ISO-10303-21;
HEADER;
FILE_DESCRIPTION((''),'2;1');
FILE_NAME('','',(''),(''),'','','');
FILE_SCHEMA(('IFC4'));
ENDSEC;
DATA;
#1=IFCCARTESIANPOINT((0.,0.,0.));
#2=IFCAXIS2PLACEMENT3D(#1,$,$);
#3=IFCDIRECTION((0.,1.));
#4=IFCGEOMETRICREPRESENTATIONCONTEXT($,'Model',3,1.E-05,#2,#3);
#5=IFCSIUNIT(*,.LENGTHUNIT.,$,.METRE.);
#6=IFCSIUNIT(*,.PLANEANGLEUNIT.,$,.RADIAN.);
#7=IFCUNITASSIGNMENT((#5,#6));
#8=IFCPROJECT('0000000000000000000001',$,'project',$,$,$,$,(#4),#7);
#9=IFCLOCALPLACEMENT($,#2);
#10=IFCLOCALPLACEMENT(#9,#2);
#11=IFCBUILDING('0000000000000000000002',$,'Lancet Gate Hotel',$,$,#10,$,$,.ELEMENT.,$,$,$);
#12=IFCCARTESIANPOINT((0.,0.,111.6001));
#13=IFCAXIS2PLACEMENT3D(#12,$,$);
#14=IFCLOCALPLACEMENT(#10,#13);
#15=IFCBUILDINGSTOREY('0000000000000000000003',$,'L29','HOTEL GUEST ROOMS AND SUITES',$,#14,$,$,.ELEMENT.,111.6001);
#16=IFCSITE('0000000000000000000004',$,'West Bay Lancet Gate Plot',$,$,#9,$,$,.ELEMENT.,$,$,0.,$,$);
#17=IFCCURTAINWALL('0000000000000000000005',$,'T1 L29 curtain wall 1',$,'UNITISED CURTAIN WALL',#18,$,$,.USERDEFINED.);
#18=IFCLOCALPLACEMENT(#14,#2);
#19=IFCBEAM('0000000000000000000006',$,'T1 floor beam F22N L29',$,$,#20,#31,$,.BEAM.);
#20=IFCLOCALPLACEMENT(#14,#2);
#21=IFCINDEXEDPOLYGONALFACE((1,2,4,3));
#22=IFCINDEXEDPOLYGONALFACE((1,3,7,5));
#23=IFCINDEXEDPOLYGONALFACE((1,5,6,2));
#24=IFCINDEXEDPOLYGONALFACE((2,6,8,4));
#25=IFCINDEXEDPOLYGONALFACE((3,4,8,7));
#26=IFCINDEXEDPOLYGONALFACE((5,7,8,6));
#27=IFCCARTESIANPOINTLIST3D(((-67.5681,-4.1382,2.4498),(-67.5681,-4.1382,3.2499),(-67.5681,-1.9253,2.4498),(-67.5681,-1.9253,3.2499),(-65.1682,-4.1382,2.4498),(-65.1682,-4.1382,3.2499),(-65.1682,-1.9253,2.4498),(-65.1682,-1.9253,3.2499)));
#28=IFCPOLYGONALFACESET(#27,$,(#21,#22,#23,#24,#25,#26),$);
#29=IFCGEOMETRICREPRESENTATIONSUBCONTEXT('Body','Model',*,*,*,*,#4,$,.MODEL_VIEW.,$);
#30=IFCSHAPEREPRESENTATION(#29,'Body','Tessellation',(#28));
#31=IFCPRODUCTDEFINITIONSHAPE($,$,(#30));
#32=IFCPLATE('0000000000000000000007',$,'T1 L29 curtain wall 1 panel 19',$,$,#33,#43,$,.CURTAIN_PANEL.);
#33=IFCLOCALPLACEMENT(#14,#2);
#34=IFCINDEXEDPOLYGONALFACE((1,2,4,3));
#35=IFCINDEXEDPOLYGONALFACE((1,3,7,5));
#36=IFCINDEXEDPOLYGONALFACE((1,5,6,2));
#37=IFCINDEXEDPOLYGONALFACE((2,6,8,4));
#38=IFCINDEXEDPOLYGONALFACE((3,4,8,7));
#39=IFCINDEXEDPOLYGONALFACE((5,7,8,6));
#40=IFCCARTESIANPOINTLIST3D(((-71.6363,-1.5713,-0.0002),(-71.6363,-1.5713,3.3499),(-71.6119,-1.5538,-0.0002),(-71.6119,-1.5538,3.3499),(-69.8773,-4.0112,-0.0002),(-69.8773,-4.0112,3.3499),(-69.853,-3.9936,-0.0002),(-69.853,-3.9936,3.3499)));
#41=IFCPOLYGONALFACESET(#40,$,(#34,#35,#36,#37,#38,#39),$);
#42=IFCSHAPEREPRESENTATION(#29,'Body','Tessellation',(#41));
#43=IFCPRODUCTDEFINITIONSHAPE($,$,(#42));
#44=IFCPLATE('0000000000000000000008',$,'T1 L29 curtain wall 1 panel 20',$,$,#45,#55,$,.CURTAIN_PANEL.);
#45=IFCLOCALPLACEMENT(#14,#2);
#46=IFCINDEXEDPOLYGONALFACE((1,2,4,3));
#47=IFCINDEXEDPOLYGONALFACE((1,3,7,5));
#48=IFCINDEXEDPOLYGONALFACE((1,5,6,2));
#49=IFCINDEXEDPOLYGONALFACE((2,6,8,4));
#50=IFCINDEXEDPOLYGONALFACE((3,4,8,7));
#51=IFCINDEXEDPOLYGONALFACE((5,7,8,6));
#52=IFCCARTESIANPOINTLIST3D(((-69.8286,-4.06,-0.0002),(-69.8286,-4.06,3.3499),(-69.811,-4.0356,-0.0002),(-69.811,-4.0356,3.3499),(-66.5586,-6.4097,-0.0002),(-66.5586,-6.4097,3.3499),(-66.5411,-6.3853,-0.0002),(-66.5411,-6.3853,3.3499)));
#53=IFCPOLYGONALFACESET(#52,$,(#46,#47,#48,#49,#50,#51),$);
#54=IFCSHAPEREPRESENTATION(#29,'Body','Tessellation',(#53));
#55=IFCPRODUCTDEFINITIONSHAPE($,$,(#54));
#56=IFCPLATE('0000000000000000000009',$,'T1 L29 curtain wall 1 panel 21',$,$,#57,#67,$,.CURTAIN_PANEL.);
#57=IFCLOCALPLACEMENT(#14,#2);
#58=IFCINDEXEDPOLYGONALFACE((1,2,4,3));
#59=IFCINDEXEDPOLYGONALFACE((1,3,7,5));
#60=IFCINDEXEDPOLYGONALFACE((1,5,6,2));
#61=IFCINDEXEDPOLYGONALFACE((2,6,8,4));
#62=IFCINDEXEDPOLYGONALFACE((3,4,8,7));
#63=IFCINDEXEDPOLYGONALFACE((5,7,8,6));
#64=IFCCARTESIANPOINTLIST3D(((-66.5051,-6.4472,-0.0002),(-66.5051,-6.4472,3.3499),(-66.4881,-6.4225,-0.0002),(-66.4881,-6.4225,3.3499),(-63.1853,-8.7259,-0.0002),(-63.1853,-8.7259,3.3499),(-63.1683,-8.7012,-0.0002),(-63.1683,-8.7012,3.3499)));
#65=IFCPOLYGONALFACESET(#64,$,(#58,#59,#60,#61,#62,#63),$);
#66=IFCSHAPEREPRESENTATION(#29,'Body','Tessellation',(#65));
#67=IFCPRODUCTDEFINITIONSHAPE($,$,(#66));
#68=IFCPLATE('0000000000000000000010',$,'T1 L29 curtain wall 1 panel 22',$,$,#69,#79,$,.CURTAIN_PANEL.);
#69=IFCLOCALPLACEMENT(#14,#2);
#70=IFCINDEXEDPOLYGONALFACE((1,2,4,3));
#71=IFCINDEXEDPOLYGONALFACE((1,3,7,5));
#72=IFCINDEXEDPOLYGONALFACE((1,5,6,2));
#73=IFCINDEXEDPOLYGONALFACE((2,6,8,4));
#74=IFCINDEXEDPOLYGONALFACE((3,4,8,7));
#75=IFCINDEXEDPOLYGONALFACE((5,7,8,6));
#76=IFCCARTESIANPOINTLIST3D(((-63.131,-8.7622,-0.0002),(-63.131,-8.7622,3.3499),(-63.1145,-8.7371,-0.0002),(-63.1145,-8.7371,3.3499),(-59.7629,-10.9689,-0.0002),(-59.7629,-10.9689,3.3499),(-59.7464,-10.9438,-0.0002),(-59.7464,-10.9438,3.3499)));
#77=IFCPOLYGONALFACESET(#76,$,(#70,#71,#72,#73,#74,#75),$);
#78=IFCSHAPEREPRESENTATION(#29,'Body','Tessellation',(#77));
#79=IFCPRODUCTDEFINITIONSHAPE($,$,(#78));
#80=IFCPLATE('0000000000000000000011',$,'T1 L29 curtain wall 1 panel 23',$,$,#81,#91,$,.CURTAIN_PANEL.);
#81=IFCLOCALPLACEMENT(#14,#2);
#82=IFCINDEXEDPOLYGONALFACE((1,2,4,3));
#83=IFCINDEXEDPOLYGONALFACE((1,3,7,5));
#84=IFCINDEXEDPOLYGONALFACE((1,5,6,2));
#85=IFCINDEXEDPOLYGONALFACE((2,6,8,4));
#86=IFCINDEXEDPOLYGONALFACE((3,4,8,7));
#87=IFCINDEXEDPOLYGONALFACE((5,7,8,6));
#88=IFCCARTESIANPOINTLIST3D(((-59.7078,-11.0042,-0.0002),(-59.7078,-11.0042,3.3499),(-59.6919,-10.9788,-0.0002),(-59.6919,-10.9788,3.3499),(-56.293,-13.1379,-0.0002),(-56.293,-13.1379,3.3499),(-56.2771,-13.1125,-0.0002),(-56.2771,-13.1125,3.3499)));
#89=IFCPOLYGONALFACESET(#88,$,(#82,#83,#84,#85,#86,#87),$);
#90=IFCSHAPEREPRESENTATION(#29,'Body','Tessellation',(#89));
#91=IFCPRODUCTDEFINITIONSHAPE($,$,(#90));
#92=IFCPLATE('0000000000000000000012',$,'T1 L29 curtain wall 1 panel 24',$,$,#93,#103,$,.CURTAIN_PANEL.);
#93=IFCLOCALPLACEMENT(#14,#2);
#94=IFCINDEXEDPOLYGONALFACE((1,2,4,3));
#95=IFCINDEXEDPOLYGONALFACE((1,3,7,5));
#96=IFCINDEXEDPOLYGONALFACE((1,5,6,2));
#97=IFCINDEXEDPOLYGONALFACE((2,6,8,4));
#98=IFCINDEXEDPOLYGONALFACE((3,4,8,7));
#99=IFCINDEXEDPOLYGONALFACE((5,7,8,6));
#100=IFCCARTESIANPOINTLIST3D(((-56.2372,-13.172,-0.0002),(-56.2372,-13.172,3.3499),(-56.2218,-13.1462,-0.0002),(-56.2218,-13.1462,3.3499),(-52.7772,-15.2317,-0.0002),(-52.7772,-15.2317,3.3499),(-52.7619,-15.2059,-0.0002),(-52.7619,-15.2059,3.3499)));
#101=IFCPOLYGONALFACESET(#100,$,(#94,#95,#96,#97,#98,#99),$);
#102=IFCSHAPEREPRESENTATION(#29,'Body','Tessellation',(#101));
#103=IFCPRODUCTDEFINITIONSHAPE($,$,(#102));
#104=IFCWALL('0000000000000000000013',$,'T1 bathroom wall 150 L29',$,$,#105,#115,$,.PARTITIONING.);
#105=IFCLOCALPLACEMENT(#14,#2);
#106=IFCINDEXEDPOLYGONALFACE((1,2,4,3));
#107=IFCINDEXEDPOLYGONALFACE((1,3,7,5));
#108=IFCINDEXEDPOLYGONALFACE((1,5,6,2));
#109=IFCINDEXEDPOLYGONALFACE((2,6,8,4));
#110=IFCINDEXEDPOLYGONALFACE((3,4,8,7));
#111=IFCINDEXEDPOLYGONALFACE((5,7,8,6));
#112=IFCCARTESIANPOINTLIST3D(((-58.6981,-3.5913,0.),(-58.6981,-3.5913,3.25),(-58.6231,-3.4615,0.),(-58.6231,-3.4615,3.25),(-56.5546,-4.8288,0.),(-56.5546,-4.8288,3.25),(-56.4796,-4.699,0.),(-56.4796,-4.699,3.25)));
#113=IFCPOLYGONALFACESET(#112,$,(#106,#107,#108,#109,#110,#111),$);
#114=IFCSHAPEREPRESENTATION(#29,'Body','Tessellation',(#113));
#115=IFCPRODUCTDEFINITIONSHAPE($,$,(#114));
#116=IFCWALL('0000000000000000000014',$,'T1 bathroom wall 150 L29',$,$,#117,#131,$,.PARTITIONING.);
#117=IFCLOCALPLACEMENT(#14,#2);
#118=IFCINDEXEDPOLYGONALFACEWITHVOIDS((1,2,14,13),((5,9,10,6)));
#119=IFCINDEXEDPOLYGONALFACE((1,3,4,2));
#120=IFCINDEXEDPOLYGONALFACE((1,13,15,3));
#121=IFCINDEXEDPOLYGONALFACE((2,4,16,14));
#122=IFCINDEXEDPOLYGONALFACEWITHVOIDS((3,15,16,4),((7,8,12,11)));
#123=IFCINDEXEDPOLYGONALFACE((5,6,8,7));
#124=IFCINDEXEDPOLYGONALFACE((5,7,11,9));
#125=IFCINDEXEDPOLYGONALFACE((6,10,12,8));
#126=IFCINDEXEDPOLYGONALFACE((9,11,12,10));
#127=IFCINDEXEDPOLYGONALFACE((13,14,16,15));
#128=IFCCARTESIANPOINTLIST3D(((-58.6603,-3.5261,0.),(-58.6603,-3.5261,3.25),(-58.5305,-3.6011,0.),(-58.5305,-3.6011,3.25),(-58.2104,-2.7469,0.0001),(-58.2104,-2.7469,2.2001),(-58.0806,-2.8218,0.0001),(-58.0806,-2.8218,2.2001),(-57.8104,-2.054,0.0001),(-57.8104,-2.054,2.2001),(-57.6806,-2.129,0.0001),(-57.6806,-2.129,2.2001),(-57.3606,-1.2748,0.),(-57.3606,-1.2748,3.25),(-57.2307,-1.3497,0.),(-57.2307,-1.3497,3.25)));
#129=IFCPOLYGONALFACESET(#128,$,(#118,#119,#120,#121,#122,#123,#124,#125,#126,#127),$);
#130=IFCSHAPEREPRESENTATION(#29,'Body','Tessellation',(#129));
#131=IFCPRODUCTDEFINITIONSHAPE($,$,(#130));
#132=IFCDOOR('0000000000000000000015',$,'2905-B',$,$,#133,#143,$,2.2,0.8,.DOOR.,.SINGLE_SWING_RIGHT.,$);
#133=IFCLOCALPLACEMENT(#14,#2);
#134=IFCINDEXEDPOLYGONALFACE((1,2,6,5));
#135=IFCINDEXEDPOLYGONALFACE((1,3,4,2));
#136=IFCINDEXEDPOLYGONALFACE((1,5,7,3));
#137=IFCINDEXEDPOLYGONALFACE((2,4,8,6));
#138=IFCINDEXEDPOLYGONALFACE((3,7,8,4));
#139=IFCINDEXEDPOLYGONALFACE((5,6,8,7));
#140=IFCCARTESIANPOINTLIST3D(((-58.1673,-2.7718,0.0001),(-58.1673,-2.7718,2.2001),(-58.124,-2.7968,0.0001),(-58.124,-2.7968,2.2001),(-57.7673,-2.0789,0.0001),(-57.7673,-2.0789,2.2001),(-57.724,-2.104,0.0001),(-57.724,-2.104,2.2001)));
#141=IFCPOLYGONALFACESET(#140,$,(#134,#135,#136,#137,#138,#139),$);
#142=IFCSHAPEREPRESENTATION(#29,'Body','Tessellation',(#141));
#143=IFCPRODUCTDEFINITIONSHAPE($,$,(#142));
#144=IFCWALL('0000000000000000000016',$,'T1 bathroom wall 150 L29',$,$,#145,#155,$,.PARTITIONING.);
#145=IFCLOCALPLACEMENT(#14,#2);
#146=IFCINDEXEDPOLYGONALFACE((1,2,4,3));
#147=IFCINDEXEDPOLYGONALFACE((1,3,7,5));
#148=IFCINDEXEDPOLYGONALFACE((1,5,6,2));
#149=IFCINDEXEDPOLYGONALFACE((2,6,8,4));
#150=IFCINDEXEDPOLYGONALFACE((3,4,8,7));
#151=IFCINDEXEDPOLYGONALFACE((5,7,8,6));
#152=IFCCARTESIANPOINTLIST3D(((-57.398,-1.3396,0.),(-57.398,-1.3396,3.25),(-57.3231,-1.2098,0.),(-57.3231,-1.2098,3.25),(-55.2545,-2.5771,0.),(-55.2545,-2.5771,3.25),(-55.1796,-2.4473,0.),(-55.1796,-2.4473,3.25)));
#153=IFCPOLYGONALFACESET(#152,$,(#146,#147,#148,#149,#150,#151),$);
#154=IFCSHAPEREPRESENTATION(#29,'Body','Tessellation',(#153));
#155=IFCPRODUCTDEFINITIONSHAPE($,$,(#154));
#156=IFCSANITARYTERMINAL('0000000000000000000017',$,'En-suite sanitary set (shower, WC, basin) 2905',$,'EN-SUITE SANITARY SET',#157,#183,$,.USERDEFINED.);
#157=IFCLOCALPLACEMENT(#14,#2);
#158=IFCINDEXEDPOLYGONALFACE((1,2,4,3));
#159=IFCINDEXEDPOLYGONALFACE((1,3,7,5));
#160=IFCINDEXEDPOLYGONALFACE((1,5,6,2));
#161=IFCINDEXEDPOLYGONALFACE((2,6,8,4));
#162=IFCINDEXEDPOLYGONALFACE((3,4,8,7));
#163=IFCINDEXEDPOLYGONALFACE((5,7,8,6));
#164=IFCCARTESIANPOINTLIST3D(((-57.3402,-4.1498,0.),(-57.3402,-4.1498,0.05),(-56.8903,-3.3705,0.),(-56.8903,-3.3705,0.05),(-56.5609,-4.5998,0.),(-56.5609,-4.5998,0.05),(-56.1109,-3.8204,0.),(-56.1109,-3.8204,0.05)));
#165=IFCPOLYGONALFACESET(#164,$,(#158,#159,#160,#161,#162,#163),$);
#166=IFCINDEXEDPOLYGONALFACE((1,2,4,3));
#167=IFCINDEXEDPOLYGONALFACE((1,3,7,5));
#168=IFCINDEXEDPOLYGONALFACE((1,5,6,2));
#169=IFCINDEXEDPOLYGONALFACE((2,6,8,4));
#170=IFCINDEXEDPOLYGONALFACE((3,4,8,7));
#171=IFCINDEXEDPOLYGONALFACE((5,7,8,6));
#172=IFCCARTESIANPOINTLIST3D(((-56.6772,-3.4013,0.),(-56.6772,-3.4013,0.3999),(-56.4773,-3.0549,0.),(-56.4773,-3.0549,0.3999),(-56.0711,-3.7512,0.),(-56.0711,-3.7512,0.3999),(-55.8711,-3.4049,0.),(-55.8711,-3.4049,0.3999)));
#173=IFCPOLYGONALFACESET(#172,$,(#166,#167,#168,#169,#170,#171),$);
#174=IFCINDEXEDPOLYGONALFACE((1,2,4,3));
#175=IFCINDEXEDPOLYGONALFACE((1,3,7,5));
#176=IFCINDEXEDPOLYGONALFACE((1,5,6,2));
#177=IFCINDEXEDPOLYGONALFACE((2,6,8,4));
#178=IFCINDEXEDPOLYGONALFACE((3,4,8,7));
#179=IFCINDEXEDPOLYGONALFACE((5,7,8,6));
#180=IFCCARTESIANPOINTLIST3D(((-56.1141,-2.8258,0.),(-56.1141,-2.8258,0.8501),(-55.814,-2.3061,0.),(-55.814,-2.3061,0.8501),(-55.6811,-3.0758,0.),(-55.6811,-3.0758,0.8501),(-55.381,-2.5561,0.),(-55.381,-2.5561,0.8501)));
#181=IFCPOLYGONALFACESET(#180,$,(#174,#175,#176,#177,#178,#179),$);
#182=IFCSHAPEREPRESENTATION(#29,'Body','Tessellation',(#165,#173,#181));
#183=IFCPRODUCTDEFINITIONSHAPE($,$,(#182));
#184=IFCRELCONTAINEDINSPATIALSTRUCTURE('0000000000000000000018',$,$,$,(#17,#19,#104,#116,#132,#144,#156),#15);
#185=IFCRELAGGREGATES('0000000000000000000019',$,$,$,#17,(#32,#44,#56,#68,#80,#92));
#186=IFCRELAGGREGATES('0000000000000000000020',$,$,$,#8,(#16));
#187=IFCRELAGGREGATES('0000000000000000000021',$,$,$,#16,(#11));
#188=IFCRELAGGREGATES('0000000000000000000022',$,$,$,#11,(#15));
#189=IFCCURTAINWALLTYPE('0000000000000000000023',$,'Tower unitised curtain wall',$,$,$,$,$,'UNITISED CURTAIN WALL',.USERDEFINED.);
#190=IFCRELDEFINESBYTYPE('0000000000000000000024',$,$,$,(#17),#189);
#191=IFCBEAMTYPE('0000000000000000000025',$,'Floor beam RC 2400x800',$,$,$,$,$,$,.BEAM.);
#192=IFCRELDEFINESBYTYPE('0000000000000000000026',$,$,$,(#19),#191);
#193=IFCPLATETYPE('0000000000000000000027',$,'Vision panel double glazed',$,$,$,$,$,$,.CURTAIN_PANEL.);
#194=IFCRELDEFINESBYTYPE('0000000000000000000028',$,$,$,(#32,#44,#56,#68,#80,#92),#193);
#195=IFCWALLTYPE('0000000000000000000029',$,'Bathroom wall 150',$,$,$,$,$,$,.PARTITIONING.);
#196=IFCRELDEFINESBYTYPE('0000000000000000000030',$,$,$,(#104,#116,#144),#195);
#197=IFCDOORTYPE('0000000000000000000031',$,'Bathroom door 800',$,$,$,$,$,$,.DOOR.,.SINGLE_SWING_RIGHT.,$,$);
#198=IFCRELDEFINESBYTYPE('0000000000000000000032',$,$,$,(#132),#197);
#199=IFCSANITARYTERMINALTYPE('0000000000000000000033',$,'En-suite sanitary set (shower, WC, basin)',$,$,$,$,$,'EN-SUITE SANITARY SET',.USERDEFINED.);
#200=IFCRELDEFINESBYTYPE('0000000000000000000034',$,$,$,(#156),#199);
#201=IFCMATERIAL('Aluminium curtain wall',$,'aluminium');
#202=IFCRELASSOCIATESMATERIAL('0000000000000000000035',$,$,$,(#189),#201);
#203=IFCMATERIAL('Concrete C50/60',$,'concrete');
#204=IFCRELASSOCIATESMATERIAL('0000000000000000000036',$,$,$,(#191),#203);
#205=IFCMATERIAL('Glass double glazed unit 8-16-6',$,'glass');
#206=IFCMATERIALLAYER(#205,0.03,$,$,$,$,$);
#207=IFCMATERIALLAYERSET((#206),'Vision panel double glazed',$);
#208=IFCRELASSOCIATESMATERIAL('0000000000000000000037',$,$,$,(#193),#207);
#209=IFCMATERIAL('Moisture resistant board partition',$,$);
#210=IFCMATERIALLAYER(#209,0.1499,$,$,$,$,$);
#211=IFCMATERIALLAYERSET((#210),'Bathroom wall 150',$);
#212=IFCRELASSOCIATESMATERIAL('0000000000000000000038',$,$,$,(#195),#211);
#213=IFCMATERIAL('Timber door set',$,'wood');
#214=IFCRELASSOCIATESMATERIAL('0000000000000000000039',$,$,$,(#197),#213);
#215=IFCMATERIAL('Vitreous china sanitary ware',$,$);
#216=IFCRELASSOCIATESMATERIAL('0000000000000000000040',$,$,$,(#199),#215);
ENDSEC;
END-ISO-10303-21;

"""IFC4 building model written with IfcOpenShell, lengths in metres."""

from ifc_helpers import new_model, si_unit, direction, frame, frame_2d, origin, origin_2d, place, context, subcontext, project, spatial, rectangle, extrude, material, layer, layer_set, material_profile, profile_set, type_object, element, fill, aggregate, save


model = new_model("IFC4")

# Units and contexts
model_context = context("Model", 3, precision=1e-05, world=origin(), true_north=direction((0.0, 1.0)))
body_context = subcontext(model_context, "Body", "Model", "MODEL_VIEW")
ifc_project = project(units=[si_unit("LENGTHUNIT", "METRE"), si_unit("PLANEANGLEUNIT", "RADIAN")], contexts=[model_context])

# Site, building, storey
site_placement = place(None, origin())
site = spatial("IfcSite", under=ifc_project, at=site_placement, Name="West Bay Lancet Gate Plot", CompositionType="ELEMENT", RefElevation=0.0)
building_placement = place(site_placement, origin())
building = spatial("IfcBuilding", under=site, at=building_placement, Name="Lancet Gate Hotel", CompositionType="ELEMENT")
storey_placement = place(building_placement, frame((0.0, 0.0, 111.6001)))
storey = spatial("IfcBuildingStorey", under=building, at=storey_placement, Name="L29", Description="HOTEL GUEST ROOMS AND SUITES", CompositionType="ELEMENT", Elevation=111.6001)

# Curtain wall
ifc_material_1 = material(Name="Aluminium curtain wall", Category="aluminium")
curtain_wall_type = type_object("IfcCurtainWallType", Name="Tower unitised curtain wall", ElementType="UNITISED CURTAIN WALL", PredefinedType="USERDEFINED", material=ifc_material_1)
curtain_wall_placement = place(storey_placement, origin())
curtain_wall = element("IfcCurtainWall", 1, at=curtain_wall_placement, inside=storey, type_object=curtain_wall_type, Name="T1 L29 curtain wall 1", ObjectType="UNITISED CURTAIN WALL", PredefinedType="USERDEFINED")

# Beam
ifc_material_2 = material(Name="Concrete C50/60", Category="concrete")
ifc_material_profile_1 = material_profile(ifc_material_2, rectangle(XDim=2.3999, YDim=0.8, at=origin_2d()), Name="RC 2400x800")
ifc_profile_set_1 = profile_set([ifc_material_profile_1], Name="Concrete C50/60")
beam_type_1 = type_object("IfcBeamType", Name="Floor beam RC 2400x800", PredefinedType="BEAM", material=ifc_profile_set_1)
beam_1_placement = place(storey_placement, frame((-66.3682, -1.9253, 2.8499), z_axis=(0.0, -1.0, 0.0), x_axis=(1.0, 0.0, 0.0)))
element("IfcBeam", 2, at=beam_1_placement, inside=storey, type_object=beam_type_1, Name="T1 floor beam F22N L29", PredefinedType="BEAM", context=body_context, shape_type="SweptSolid", body=[
    extrude(rectangle(XDim=2.3999, YDim=0.8, at=origin_2d()), origin(), (0.0, 0.0, 1.0), 2.2129),
])

# Plates
ifc_material_3 = material(Name="Glass double glazed unit 8-16-6", Category="glass")
ifc_layer_1 = layer(ifc_material_3, 0.03)
ifc_layer_set_1 = layer_set([ifc_layer_1], Name="Vision panel double glazed")
plate_type = type_object("IfcPlateType", Name="Vision panel double glazed", PredefinedType="CURTAIN_PANEL", material=ifc_layer_set_1)
plate_1_placement = place(storey_placement, frame((-70.7446, -2.7825, -0.0002), z_axis=(0.0, 0.0, 1.0), x_axis=(0.584809, -0.811171, 0.0)))
plate_1 = element("IfcPlate", 3, at=plate_1_placement, type_object=plate_type, Name="T1 L29 curtain wall 1 panel 19", PredefinedType="CURTAIN_PANEL", context=body_context, shape_type="SweptSolid", body=[
    extrude(rectangle(XDim=3.0078, YDim=0.03, at=origin_2d()), origin(), (0.0, 0.0, 1.0), 3.3501),
])
plate_2_placement = place(storey_placement, frame((-68.1848, -5.2227, -0.0002), z_axis=(0.0, 0.0, 1.0), x_axis=(0.812093, -0.583528, 0.0)))
plate_2 = element("IfcPlate", 4, at=plate_2_placement, type_object=plate_type, Name="T1 L29 curtain wall 1 panel 20", PredefinedType="CURTAIN_PANEL", context=body_context, shape_type="SweptSolid", body=[
    extrude(rectangle(XDim=4.0266, YDim=0.03, at=origin_2d()), origin(), (0.0, 0.0, 1.0), 3.3501),
])
plate_3_placement = place(storey_placement, frame((-64.8367, -7.5742, -0.0002), z_axis=(0.0, 0.0, 1.0), x_axis=(0.824466, -0.565911, 0.0)))
plate_3 = element("IfcPlate", 5, at=plate_3_placement, type_object=plate_type, Name="T1 L29 curtain wall 1 panel 21", PredefinedType="CURTAIN_PANEL", context=body_context, shape_type="SweptSolid", body=[
    extrude(rectangle(XDim=4.0266, YDim=0.03, at=origin_2d()), origin(), (0.0, 0.0, 1.0), 3.3501),
])
plate_4_placement = place(storey_placement, frame((-61.4387, -9.853, -0.0002), z_axis=(0.0, 0.0, 1.0), x_axis=(0.836458, -0.548032, 0.0)))
plate_4 = element("IfcPlate", 6, at=plate_4_placement, type_object=plate_type, Name="T1 L29 curtain wall 1 panel 22", PredefinedType="CURTAIN_PANEL", context=body_context, shape_type="SweptSolid", body=[
    extrude(rectangle(XDim=4.0266, YDim=0.03, at=origin_2d()), origin(), (0.0, 0.0, 1.0), 3.3501),
])
plate_5_placement = place(storey_placement, frame((-57.9924, -12.0583, -0.0002), z_axis=(0.0, 0.0, 1.0), x_axis=(0.848061, -0.529899, 0.0)))
plate_5 = element("IfcPlate", 7, at=plate_5_placement, type_object=plate_type, Name="T1 L29 curtain wall 1 panel 23", PredefinedType="CURTAIN_PANEL", context=body_context, shape_type="SweptSolid", body=[
    extrude(rectangle(XDim=4.0266, YDim=0.03, at=origin_2d()), origin(), (0.0, 0.0, 1.0), 3.3501),
])
plate_6_placement = place(storey_placement, frame((-54.4995, -14.189, -0.0002), z_axis=(0.0, 0.0, 1.0), x_axis=(0.859271, -0.51152, 0.0)))
plate_6 = element("IfcPlate", 8, at=plate_6_placement, type_object=plate_type, Name="T1 L29 curtain wall 1 panel 24", PredefinedType="CURTAIN_PANEL", context=body_context, shape_type="SweptSolid", body=[
    extrude(rectangle(XDim=4.0266, YDim=0.03, at=origin_2d()), origin(), (0.0, 0.0, 1.0), 3.3501),
])
aggregate(curtain_wall, [plate_1, plate_2, plate_3, plate_4, plate_5, plate_6])

# Wall
ifc_material_4 = material(Name="Moisture resistant board partition")
ifc_layer_2 = layer(ifc_material_4, 0.1499)
ifc_layer_set_2 = layer_set([ifc_layer_2], Name="Bathroom wall 150")
wall_type = type_object("IfcWallType", Name="Bathroom wall 150", PredefinedType="PARTITIONING", material=ifc_layer_set_2)
wall_1_placement = place(storey_placement, frame((-56.5171, -4.7639, 0.0), z_axis=(0.0, 0.0, 1.0), x_axis=(-0.866031, 0.49999, 0.0)))
element("IfcWall", 9, at=wall_1_placement, inside=storey, type_object=wall_type, Name="T1 bathroom wall 150 L29", PredefinedType="PARTITIONING", context=body_context, shape_type="SweptSolid", body=[
    extrude(rectangle(XDim=2.4751, YDim=0.1499, at=frame_2d((1.2375, 0.0))), origin(), (0.0, 0.0, 1.0), 3.25),
])

# Wall, opening, door
wall_2_placement = place(storey_placement, frame((-57.2957, -1.3123, 0.0), z_axis=(0.0, 0.0, 1.0), x_axis=(-0.499977, -0.866039, 0.0)))
wall_2 = element("IfcWall", 10, at=wall_2_placement, inside=storey, type_object=wall_type, Name="T1 bathroom wall 150 L29", PredefinedType="PARTITIONING", context=body_context, shape_type="SweptSolid", body=[
    extrude(rectangle(XDim=2.5996, YDim=0.1499, at=frame_2d((1.2998, 0.0))), origin(), (0.0, 0.0, 1.0), 3.25),
])
opening_placement = place(wall_2_placement, frame((0.8999, 0.0, 0.0)))
opening = element("IfcOpeningElement", 11, at=opening_placement, cuts=wall_2, PredefinedType="OPENING", context=body_context, shape_type="SweptSolid", body=[
    extrude(rectangle(XDim=0.8, YDim=2.2, at=frame_2d((0.3999, 1.1001))), frame((0.0, 0.085, 0.0), z_axis=(0.0, -1.0, 0.0), x_axis=(1.0, 0.0, 0.0)), (0.0, 0.0, 1.0), 0.1699),
])
ifc_material_5 = material(Name="Timber door set", Category="wood")
door_type = type_object("IfcDoorType", Name="Bathroom door 800", OperationType="SINGLE_SWING_RIGHT", PredefinedType="DOOR", material=ifc_material_5)
door_placement = place(opening_placement, origin())
door = element("IfcDoor", 12, at=door_placement, inside=storey, type_object=door_type, Name="2905-B", OperationType="SINGLE_SWING_RIGHT", OverallHeight=2.2, OverallWidth=0.8, PredefinedType="DOOR", context=body_context, shape_type="SweptSolid", body=[
    extrude(rectangle(XDim=0.8, YDim=2.2, at=frame_2d((0.3999, 1.1001))), frame((0.0, 0.0249, 0.0), z_axis=(0.0, -1.0, 0.0), x_axis=(1.0, 0.0, 0.0)), (0.0, 0.0, 1.0), 0.05),
])
fill(opening, door)

# Wall
wall_3_placement = place(storey_placement, frame((-55.217, -2.5122, 0.0), z_axis=(0.0, 0.0, 1.0), x_axis=(-0.866031, 0.49999, 0.0)))
element("IfcWall", 13, at=wall_3_placement, inside=storey, type_object=wall_type, Name="T1 bathroom wall 150 L29", PredefinedType="PARTITIONING", context=body_context, shape_type="SweptSolid", body=[
    extrude(rectangle(XDim=2.4751, YDim=0.1499, at=frame_2d((1.2375, 0.0))), origin(), (0.0, 0.0, 1.0), 3.25),
])

# Sanitary terminal
ifc_material_6 = material(Name="Vitreous china sanitary ware")
sanitary_terminal_type = type_object("IfcSanitaryTerminalType", Name="En-suite sanitary set (shower, WC, basin)", ElementType="EN-SUITE SANITARY SET", PredefinedType="USERDEFINED", material=ifc_material_6)
sanitary_terminal_placement = place(storey_placement, frame((-56.7256, -3.9851, 0.0), z_axis=(0.0, 0.0, 1.0), x_axis=(1.0, 0.0, 0.0)))
element("IfcSanitaryTerminal", 14, at=sanitary_terminal_placement, inside=storey, type_object=sanitary_terminal_type, Name="En-suite sanitary set (shower, WC, basin) 2905", ObjectType="EN-SUITE SANITARY SET", PredefinedType="USERDEFINED", context=body_context, shape_type="SweptSolid", body=[
    extrude(rectangle(XDim=0.8999, YDim=0.8999, at=origin_2d()), frame((0.0, 0.0, 0.0), z_axis=(0.0, 0.0, 1.0), x_axis=(-0.5, -0.866025, 0.0)), (0.0, 0.0, 1.0), 0.05),
    extrude(rectangle(XDim=0.3999, YDim=0.7, at=origin_2d()), frame((0.4514, 0.582, 0.0), z_axis=(0.0, 0.0, 1.0), x_axis=(-0.5, -0.866025, 0.0)), (0.0, 0.0, 1.0), 0.3999),
    extrude(rectangle(XDim=0.6001, YDim=0.5, at=origin_2d()), frame((0.978, 1.2942, 0.0), z_axis=(0.0, 0.0, 1.0), x_axis=(-0.5, -0.866025, 0.0)), (0.0, 0.0, 1.0), 0.8501),
])

save(model, "model.ifc")
